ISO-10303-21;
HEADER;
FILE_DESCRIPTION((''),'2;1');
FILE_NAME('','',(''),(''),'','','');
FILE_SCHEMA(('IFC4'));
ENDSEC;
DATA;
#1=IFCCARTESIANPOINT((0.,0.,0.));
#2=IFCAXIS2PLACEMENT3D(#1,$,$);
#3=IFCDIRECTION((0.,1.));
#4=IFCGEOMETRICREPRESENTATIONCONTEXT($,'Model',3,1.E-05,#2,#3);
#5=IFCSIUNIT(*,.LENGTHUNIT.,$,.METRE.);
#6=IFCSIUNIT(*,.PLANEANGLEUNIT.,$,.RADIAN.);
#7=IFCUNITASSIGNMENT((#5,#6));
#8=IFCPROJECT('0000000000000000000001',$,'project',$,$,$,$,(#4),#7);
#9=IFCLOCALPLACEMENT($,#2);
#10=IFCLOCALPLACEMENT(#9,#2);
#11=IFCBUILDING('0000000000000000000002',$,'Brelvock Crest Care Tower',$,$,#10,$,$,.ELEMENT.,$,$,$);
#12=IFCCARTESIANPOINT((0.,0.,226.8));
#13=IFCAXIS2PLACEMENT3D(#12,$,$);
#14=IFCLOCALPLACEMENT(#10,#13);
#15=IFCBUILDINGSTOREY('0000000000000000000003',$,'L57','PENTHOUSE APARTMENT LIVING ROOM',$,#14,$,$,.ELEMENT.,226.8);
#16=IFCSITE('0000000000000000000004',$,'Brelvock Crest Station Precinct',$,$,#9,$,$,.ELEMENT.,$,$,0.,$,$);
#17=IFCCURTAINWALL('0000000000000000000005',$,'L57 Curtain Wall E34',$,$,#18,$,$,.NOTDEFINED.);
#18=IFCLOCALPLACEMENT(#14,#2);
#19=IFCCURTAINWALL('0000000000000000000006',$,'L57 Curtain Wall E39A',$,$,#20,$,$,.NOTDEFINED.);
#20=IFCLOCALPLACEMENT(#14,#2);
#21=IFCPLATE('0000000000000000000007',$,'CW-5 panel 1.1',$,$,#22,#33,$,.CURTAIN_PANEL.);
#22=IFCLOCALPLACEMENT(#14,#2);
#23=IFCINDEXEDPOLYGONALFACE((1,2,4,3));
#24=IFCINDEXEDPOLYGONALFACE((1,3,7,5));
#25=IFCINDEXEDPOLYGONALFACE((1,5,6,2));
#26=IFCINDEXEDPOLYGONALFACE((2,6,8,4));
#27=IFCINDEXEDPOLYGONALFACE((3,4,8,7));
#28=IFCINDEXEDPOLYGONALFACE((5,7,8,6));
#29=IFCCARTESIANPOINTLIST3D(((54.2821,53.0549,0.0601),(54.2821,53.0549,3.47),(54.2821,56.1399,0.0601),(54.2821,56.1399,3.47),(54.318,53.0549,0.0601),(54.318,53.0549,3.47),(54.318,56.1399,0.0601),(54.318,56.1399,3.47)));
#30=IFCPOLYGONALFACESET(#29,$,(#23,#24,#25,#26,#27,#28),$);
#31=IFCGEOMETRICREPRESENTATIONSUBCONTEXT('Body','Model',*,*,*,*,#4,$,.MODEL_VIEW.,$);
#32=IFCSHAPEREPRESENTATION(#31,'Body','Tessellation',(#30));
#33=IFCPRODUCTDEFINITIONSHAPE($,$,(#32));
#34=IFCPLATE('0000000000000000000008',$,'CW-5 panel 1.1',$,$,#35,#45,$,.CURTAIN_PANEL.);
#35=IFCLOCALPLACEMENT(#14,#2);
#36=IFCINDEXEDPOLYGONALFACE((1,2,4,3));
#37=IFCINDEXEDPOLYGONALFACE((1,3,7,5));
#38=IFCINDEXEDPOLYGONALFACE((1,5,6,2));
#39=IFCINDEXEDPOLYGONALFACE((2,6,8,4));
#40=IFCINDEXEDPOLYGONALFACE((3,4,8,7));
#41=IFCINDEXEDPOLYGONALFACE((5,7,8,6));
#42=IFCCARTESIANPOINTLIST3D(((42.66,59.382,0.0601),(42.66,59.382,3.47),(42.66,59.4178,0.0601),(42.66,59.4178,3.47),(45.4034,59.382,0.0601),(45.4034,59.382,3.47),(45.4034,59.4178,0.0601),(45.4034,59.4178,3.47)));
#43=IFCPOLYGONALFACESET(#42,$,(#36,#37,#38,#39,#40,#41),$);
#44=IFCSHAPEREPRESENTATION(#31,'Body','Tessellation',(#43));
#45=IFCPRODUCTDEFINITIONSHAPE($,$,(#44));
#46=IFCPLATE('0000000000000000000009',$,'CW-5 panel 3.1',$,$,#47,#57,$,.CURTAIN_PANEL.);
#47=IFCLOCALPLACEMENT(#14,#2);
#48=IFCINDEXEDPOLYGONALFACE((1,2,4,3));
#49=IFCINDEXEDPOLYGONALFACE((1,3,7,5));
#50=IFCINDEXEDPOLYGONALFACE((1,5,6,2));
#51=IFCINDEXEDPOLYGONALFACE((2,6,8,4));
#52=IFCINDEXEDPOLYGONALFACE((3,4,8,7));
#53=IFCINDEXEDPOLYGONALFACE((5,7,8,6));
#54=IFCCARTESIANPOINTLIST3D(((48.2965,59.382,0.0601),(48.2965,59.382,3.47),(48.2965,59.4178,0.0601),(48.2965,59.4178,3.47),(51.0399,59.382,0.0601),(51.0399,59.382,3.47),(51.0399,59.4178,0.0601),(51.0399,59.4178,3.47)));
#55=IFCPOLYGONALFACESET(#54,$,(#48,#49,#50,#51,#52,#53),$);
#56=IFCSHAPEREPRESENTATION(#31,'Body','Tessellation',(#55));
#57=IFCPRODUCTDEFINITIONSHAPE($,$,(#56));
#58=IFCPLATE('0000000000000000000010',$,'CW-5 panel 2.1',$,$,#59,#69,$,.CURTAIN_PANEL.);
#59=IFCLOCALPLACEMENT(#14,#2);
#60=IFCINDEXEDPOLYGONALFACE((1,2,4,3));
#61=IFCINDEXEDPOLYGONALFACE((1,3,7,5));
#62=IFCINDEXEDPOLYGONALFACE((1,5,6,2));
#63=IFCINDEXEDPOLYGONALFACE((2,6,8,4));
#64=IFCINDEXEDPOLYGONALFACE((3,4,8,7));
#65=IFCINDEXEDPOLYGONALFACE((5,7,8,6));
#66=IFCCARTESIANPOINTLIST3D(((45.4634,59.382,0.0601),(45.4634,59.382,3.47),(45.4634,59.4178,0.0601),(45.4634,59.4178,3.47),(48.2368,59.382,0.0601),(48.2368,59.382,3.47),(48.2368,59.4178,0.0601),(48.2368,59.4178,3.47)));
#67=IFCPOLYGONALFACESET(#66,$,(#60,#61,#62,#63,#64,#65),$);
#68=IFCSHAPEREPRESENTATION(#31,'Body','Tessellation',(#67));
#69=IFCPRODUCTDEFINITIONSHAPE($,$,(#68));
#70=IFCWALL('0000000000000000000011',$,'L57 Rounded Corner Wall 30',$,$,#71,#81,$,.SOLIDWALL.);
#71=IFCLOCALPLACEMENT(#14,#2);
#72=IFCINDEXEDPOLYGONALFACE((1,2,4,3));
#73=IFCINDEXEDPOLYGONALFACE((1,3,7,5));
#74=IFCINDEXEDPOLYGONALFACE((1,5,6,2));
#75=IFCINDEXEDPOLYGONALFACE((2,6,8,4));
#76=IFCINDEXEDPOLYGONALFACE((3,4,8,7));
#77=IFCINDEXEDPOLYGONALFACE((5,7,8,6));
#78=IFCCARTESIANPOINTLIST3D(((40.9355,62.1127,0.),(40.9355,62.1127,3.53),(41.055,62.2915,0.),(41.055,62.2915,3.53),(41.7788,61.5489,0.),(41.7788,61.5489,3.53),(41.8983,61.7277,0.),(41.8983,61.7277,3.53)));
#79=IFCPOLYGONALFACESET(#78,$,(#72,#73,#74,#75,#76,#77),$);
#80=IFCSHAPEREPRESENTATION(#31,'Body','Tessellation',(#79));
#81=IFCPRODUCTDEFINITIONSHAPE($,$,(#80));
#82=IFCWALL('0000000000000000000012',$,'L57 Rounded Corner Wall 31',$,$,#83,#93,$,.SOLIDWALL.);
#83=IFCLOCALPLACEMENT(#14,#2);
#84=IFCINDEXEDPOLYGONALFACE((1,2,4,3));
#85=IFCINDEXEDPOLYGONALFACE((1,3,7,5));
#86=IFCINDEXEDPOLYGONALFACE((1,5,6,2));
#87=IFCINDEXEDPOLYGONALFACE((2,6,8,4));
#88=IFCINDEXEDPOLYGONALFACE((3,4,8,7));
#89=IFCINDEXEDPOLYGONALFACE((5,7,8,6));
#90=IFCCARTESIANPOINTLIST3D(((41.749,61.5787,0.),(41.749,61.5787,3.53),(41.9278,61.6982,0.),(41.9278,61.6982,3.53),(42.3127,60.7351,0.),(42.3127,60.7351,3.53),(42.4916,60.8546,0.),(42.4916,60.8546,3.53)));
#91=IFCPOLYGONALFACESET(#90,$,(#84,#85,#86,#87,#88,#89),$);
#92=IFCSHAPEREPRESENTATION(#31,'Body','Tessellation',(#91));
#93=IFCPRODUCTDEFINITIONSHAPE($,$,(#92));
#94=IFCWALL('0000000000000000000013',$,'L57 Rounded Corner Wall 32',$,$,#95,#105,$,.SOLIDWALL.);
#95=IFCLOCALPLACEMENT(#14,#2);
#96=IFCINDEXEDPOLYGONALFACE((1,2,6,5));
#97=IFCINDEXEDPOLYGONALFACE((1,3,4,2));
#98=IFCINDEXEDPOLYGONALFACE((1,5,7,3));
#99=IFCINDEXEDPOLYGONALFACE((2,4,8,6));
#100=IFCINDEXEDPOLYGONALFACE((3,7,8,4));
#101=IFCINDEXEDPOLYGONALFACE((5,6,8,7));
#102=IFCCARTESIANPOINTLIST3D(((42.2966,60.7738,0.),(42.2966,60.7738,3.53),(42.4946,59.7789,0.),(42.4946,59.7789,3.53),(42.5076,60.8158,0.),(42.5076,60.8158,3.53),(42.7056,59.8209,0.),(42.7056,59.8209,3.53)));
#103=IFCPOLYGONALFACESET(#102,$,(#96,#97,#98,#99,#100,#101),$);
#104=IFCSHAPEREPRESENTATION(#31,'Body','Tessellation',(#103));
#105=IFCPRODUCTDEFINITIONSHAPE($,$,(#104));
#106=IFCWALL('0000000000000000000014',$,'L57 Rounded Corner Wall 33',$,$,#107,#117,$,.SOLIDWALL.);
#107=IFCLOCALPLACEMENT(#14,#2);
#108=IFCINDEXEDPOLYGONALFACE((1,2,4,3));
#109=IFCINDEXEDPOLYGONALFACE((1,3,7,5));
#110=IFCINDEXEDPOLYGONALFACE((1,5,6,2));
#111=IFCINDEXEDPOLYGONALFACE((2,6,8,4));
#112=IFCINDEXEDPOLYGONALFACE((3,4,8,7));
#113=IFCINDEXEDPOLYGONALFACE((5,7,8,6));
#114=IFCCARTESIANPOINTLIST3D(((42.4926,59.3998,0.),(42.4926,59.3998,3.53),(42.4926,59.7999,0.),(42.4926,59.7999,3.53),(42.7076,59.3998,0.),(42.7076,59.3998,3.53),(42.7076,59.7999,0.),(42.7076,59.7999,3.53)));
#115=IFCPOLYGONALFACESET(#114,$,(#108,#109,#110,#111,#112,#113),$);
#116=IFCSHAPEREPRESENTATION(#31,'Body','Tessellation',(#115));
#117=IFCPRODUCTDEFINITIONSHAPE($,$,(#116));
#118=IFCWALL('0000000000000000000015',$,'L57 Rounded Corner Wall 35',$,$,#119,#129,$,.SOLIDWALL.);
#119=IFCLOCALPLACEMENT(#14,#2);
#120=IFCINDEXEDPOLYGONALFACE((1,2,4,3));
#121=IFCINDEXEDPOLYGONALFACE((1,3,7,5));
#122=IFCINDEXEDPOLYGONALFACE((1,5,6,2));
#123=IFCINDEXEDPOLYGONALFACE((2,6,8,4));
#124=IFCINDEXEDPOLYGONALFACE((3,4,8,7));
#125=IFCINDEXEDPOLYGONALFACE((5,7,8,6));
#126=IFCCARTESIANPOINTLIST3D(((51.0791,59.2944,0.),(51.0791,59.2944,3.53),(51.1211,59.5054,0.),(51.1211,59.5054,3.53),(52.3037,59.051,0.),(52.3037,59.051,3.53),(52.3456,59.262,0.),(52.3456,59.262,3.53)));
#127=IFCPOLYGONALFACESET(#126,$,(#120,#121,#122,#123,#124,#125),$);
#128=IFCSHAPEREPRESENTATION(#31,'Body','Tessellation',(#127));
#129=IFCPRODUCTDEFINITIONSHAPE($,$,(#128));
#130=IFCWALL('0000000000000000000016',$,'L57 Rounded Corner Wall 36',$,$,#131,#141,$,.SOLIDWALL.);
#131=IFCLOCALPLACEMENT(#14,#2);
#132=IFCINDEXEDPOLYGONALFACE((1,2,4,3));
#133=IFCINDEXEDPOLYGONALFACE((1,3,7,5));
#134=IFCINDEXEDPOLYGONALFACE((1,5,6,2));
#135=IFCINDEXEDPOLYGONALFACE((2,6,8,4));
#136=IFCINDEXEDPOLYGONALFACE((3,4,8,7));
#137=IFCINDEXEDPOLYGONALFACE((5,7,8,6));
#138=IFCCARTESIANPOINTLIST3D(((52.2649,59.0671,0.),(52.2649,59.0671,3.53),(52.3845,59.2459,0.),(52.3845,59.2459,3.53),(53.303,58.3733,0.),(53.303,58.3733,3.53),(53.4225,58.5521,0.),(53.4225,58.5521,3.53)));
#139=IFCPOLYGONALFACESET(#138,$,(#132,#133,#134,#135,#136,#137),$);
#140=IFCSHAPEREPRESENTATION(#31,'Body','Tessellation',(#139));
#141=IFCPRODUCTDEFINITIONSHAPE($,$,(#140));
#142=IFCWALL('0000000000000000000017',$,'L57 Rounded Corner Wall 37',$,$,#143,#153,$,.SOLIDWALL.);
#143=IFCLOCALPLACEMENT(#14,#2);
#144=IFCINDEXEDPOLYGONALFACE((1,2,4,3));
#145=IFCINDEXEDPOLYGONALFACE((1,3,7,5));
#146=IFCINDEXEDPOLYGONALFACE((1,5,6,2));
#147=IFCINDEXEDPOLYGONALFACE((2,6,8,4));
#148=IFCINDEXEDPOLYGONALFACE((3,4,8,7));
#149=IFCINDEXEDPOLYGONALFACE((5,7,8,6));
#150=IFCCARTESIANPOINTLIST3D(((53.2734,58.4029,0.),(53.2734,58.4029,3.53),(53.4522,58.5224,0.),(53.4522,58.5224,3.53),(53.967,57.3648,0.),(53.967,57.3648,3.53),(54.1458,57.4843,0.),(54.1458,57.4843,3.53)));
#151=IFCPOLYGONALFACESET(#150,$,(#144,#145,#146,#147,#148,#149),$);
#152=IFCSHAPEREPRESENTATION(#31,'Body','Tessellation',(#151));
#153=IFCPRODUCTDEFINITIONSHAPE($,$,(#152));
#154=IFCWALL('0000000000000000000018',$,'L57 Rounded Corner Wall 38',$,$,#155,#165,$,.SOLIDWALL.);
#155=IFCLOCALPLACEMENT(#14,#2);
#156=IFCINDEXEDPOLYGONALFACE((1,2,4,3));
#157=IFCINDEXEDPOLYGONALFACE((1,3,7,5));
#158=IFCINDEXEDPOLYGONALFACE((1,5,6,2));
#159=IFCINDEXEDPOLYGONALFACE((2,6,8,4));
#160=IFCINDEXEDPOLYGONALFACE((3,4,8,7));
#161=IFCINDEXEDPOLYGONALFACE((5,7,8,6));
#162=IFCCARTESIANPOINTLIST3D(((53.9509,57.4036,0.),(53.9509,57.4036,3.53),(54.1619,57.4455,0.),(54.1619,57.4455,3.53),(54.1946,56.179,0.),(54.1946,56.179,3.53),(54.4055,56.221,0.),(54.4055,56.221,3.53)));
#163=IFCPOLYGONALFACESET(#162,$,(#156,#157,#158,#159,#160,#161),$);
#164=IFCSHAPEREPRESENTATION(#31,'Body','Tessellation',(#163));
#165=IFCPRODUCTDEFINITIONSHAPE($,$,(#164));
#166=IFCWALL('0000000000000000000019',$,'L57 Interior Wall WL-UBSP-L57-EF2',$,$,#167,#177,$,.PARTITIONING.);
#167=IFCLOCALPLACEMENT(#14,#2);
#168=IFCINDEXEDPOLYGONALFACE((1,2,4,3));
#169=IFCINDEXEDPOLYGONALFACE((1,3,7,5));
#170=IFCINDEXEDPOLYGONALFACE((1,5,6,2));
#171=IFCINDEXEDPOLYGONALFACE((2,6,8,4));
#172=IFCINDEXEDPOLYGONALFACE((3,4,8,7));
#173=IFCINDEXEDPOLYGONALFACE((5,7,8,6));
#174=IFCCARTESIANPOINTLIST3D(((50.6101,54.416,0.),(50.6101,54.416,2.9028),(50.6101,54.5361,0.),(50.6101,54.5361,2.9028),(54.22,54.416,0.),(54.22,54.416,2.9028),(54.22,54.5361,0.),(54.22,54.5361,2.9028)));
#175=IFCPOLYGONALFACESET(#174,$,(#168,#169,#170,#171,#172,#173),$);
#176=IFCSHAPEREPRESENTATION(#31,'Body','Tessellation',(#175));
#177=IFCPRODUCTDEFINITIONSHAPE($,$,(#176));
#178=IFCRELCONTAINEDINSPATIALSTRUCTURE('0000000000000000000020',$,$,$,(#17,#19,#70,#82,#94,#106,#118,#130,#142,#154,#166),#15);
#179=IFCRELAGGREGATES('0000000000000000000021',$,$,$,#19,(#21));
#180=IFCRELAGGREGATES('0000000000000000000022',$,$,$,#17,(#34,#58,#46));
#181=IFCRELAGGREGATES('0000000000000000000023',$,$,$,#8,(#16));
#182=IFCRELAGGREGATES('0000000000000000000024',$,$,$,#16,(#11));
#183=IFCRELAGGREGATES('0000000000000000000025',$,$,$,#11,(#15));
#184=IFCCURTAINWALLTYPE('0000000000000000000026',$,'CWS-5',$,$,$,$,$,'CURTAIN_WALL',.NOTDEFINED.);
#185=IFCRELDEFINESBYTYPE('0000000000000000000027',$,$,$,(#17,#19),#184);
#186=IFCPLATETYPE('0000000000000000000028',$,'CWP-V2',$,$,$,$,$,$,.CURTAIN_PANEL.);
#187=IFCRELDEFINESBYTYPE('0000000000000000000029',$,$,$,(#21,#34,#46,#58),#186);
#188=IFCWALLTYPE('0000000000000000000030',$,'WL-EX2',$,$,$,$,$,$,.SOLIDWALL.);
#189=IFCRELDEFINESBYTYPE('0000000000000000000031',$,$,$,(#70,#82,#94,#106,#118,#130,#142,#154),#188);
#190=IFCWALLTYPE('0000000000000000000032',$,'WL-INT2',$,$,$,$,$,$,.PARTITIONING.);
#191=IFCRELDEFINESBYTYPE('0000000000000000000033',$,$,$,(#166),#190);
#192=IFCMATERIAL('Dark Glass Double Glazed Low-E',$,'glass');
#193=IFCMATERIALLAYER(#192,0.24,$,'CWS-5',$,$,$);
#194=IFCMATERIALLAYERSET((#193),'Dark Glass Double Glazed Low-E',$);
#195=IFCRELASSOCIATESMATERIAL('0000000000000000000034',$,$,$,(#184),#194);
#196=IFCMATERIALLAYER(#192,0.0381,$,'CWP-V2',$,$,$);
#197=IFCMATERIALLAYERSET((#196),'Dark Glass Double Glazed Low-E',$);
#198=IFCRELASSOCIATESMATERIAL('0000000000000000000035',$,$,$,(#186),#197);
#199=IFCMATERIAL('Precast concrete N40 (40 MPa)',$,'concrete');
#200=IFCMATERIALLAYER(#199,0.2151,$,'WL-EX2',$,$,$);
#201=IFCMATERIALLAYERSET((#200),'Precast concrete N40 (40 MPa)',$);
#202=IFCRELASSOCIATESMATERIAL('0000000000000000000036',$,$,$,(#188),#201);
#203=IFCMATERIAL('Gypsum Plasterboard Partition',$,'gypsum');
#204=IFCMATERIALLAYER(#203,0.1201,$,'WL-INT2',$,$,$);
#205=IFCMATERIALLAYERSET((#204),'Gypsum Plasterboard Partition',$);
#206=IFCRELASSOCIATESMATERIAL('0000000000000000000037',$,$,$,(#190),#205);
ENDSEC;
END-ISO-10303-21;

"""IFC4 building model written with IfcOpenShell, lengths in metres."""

from ifc_helpers import new_model, si_unit, direction, frame, frame_2d, origin, origin_2d, place, context, subcontext, project, spatial, rectangle, extrude, source, transform, mapped, material, layer, layer_set, type_object, element, aggregate, save


model = new_model("IFC4")

# Units and contexts
model_context = context("Model", 3, precision=1e-05, world=origin(), true_north=direction((0.0, 1.0)))
body_context = subcontext(model_context, "Body", "Model", "MODEL_VIEW")
ifc_project = project(units=[si_unit("LENGTHUNIT", "METRE"), si_unit("PLANEANGLEUNIT", "RADIAN")], contexts=[model_context])

# Site, building, storey
site_placement = place(None, origin())
site = spatial("IfcSite", under=ifc_project, at=site_placement, Name="Brelvock Crest Station Precinct", CompositionType="ELEMENT", RefElevation=0.0)
building_placement = place(site_placement, origin())
building = spatial("IfcBuilding", under=site, at=building_placement, Name="Brelvock Crest Care Tower", CompositionType="ELEMENT")
storey_placement = place(building_placement, frame((0.0, 0.0, 226.8)))
storey = spatial("IfcBuildingStorey", under=building, at=storey_placement, Name="L57", Description="PENTHOUSE APARTMENT LIVING ROOM", CompositionType="ELEMENT", Elevation=226.8)

# Curtain walls
ifc_material_1 = material(Name="Dark Glass Double Glazed Low-E", Category="glass")
ifc_layer_1 = layer(ifc_material_1, 0.24, Name="CWS-5")
ifc_layer_set_1 = layer_set([ifc_layer_1], Name="Dark Glass Double Glazed Low-E")
curtain_wall_type = type_object("IfcCurtainWallType", Name="CWS-5", ElementType="CURTAIN_WALL", PredefinedType="NOTDEFINED", material=ifc_layer_set_1)
curtain_wall_1_placement = place(storey_placement, origin())
curtain_wall_1 = element("IfcCurtainWall", 1, at=curtain_wall_1_placement, inside=storey, type_object=curtain_wall_type, Name="L57 Curtain Wall E34", PredefinedType="NOTDEFINED")
curtain_wall_2_placement = place(storey_placement, origin())
curtain_wall_2 = element("IfcCurtainWall", 2, at=curtain_wall_2_placement, inside=storey, type_object=curtain_wall_type, Name="L57 Curtain Wall E39A", PredefinedType="NOTDEFINED")

# Plates
ifc_layer_2 = layer(ifc_material_1, 0.0381, Name="CWP-V2")
ifc_layer_set_2 = layer_set([ifc_layer_2], Name="Dark Glass Double Glazed Low-E")
plate_type = type_object("IfcPlateType", Name="CWP-V2", PredefinedType="CURTAIN_PANEL", material=ifc_layer_set_2)
shared_shape_1 = source(origin(), body_context, "Body", "SweptSolid", [
    extrude(rectangle(XDim=3.085, YDim=0.0359, at=origin_2d()), origin(), (0.0, 0.0, 1.0), 3.4099),
])
plate_1_placement = place(storey_placement, frame((54.3, 54.5974, 0.0601), z_axis=(0.0, 0.0, 1.0), x_axis=(0.0, -1.0, 0.0)))
plate_1 = element("IfcPlate", 3, at=plate_1_placement, type_object=plate_type, Name="CW-5 panel 1.1", PredefinedType="CURTAIN_PANEL", context=body_context, shape_type="MappedRepresentation", body=[
    mapped(shared_shape_1, transform((0.0, 0.0, 0.0), x_axis=(1.0, 0.0, 0.0), y_axis=(0.0, 1.0, 0.0), z_axis=(0.0, 0.0, 1.0), scale=1.0)),
])
aggregate(curtain_wall_2, [plate_1])
shared_shape_2 = source(origin(), body_context, "Body", "SweptSolid", [
    extrude(rectangle(XDim=2.7434, YDim=0.0359, at=origin_2d()), origin(), (0.0, 0.0, 1.0), 3.4099),
])
plate_2_placement = place(storey_placement, frame((44.0317, 59.3999, 0.0601), z_axis=(0.0, 0.0, 1.0), x_axis=(1.0, 0.0, 0.0)))
plate_2 = element("IfcPlate", 4, at=plate_2_placement, type_object=plate_type, Name="CW-5 panel 1.1", PredefinedType="CURTAIN_PANEL", context=body_context, shape_type="MappedRepresentation", body=[
    mapped(shared_shape_2, transform((0.0, 0.0, 0.0), x_axis=(1.0, 0.0, 0.0), y_axis=(0.0, 1.0, 0.0), z_axis=(0.0, 0.0, 1.0), scale=1.0)),
])
plate_3_placement = place(storey_placement, frame((49.6682, 59.3999, 0.0601), z_axis=(0.0, 0.0, 1.0), x_axis=(1.0, 0.0, 0.0)))
plate_3 = element("IfcPlate", 5, at=plate_3_placement, type_object=plate_type, Name="CW-5 panel 3.1", PredefinedType="CURTAIN_PANEL", context=body_context, shape_type="MappedRepresentation", body=[
    mapped(shared_shape_2, transform((0.0, 0.0, 0.0), x_axis=(1.0, 0.0, 0.0), y_axis=(0.0, 1.0, 0.0), z_axis=(0.0, 0.0, 1.0), scale=1.0)),
])
shared_shape_3 = source(origin(), body_context, "Body", "SweptSolid", [
    extrude(rectangle(XDim=2.7734, YDim=0.0359, at=origin_2d()), origin(), (0.0, 0.0, 1.0), 3.4099),
])
plate_4_placement = place(storey_placement, frame((46.8501, 59.3999, 0.0601), z_axis=(0.0, 0.0, 1.0), x_axis=(1.0, 0.0, 0.0)))
plate_4 = element("IfcPlate", 6, at=plate_4_placement, type_object=plate_type, Name="CW-5 panel 2.1", PredefinedType="CURTAIN_PANEL", context=body_context, shape_type="MappedRepresentation", body=[
    mapped(shared_shape_3, transform((0.0, 0.0, 0.0), x_axis=(1.0, 0.0, 0.0), y_axis=(0.0, 1.0, 0.0), z_axis=(0.0, 0.0, 1.0), scale=1.0)),
])
aggregate(curtain_wall_1, [plate_2, plate_4, plate_3])

# Walls
ifc_material_2 = material(Name="Precast concrete N40 (40 MPa)", Category="concrete")
ifc_layer_3 = layer(ifc_material_2, 0.2151, Name="WL-EX2")
ifc_layer_set_3 = layer_set([ifc_layer_3], Name="Precast concrete N40 (40 MPa)")
wall_type_1 = type_object("IfcWallType", Name="WL-EX2", PredefinedType="SOLIDWALL", material=ifc_layer_set_3)
wall_1_placement = place(storey_placement, frame((40.9951, 62.2021, 0.0), z_axis=(0.0, 0.0, 1.0), x_axis=(0.831346, -0.555755, 0.0)))
element("IfcWall", 7, at=wall_1_placement, inside=storey, type_object=wall_type_1, Name="L57 Rounded Corner Wall 30", PredefinedType="SOLIDWALL", context=body_context, shape_type="SweptSolid", body=[
    extrude(rectangle(XDim=1.0144, YDim=0.2151, at=frame_2d((0.5073, 0.0))), origin(), (0.0, 0.0, 1.0), 3.53),
])
wall_2_placement = place(storey_placement, frame((41.8384, 61.6384, 0.0), z_axis=(0.0, 0.0, 1.0), x_axis=(0.555644, -0.83142, 0.0)))
element("IfcWall", 8, at=wall_2_placement, inside=storey, type_object=wall_type_1, Name="L57 Rounded Corner Wall 31", PredefinedType="SOLIDWALL", context=body_context, shape_type="SweptSolid", body=[
    extrude(rectangle(XDim=1.0146, YDim=0.2151, at=frame_2d((0.5073, 0.0))), origin(), (0.0, 0.0, 1.0), 3.53),
])
wall_3_placement = place(storey_placement, frame((42.4021, 60.7949, 0.0), z_axis=(0.0, 0.0, 1.0), x_axis=(0.19519, -0.980765, 0.0)))
element("IfcWall", 9, at=wall_3_placement, inside=storey, type_object=wall_type_1, Name="L57 Rounded Corner Wall 32", PredefinedType="SOLIDWALL", context=body_context, shape_type="SweptSolid", body=[
    extrude(rectangle(XDim=1.0144, YDim=0.2151, at=frame_2d((0.5073, 0.0))), origin(), (0.0, 0.0, 1.0), 3.53),
])
wall_4_placement = place(storey_placement, frame((42.6001, 59.8, 0.0), z_axis=(0.0, 0.0, 1.0), x_axis=(0.0, -1.0, 0.0)))
element("IfcWall", 10, at=wall_4_placement, inside=storey, type_object=wall_type_1, Name="L57 Rounded Corner Wall 33", PredefinedType="SOLIDWALL", context=body_context, shape_type="SweptSolid", body=[
    extrude(rectangle(XDim=0.4001, YDim=0.2151, at=frame_2d((0.2002, 0.0))), origin(), (0.0, 0.0, 1.0), 3.53),
])
for number, where, z_axis, x_axis, name in (
    (11, (51.1001, 59.3999, 0.0), (0.0, 0.0, 1.0), (0.980813, -0.19495, 0.0), "L57 Rounded Corner Wall 35"),
    (12, (52.3247, 59.1565, 0.0), (0.0, 0.0, 1.0), (0.831388, -0.555692, 0.0), "L57 Rounded Corner Wall 36"),
    (13, (53.3628, 58.4626, 0.0), (0.0, 0.0, 1.0), (0.555557, -0.831478, 0.0), "L57 Rounded Corner Wall 37"),
    (14, (54.0564, 57.4246, 0.0), (0.0, 0.0, 1.0), (0.195138, -0.980776, 0.0), "L57 Rounded Corner Wall 38"),
):
    element("IfcWall", number, at=place(storey_placement, frame(where, z_axis=z_axis, x_axis=x_axis)), inside=storey, type_object=wall_type_1, Name=name, PredefinedType="SOLIDWALL", context=body_context, shape_type="SweptSolid", body=[
        extrude(rectangle(XDim=1.2485, YDim=0.2151, at=frame_2d((0.6243, 0.0))), origin(), (0.0, 0.0, 1.0), 3.53),
    ])
ifc_material_3 = material(Name="Gypsum Plasterboard Partition", Category="gypsum")
ifc_layer_4 = layer(ifc_material_3, 0.1201, Name="WL-INT2")
ifc_layer_set_4 = layer_set([ifc_layer_4], Name="Gypsum Plasterboard Partition")
wall_type_2 = type_object("IfcWallType", Name="WL-INT2", PredefinedType="PARTITIONING", material=ifc_layer_set_4)
wall_5_placement = place(storey_placement, frame((50.6101, 54.4761, 0.0), z_axis=(0.0, 0.0, 1.0), x_axis=(1.0, 0.0, 0.0)))
element("IfcWall", 15, at=wall_5_placement, inside=storey, type_object=wall_type_2, Name="L57 Interior Wall WL-UBSP-L57-EF2", PredefinedType="PARTITIONING", context=body_context, shape_type="SweptSolid", body=[
    extrude(rectangle(XDim=3.6099, YDim=0.1201, at=frame_2d((1.8049, 0.0))), origin(), (0.0, 0.0, 1.0), 2.9028),
])

save(model, "model.ifc")
